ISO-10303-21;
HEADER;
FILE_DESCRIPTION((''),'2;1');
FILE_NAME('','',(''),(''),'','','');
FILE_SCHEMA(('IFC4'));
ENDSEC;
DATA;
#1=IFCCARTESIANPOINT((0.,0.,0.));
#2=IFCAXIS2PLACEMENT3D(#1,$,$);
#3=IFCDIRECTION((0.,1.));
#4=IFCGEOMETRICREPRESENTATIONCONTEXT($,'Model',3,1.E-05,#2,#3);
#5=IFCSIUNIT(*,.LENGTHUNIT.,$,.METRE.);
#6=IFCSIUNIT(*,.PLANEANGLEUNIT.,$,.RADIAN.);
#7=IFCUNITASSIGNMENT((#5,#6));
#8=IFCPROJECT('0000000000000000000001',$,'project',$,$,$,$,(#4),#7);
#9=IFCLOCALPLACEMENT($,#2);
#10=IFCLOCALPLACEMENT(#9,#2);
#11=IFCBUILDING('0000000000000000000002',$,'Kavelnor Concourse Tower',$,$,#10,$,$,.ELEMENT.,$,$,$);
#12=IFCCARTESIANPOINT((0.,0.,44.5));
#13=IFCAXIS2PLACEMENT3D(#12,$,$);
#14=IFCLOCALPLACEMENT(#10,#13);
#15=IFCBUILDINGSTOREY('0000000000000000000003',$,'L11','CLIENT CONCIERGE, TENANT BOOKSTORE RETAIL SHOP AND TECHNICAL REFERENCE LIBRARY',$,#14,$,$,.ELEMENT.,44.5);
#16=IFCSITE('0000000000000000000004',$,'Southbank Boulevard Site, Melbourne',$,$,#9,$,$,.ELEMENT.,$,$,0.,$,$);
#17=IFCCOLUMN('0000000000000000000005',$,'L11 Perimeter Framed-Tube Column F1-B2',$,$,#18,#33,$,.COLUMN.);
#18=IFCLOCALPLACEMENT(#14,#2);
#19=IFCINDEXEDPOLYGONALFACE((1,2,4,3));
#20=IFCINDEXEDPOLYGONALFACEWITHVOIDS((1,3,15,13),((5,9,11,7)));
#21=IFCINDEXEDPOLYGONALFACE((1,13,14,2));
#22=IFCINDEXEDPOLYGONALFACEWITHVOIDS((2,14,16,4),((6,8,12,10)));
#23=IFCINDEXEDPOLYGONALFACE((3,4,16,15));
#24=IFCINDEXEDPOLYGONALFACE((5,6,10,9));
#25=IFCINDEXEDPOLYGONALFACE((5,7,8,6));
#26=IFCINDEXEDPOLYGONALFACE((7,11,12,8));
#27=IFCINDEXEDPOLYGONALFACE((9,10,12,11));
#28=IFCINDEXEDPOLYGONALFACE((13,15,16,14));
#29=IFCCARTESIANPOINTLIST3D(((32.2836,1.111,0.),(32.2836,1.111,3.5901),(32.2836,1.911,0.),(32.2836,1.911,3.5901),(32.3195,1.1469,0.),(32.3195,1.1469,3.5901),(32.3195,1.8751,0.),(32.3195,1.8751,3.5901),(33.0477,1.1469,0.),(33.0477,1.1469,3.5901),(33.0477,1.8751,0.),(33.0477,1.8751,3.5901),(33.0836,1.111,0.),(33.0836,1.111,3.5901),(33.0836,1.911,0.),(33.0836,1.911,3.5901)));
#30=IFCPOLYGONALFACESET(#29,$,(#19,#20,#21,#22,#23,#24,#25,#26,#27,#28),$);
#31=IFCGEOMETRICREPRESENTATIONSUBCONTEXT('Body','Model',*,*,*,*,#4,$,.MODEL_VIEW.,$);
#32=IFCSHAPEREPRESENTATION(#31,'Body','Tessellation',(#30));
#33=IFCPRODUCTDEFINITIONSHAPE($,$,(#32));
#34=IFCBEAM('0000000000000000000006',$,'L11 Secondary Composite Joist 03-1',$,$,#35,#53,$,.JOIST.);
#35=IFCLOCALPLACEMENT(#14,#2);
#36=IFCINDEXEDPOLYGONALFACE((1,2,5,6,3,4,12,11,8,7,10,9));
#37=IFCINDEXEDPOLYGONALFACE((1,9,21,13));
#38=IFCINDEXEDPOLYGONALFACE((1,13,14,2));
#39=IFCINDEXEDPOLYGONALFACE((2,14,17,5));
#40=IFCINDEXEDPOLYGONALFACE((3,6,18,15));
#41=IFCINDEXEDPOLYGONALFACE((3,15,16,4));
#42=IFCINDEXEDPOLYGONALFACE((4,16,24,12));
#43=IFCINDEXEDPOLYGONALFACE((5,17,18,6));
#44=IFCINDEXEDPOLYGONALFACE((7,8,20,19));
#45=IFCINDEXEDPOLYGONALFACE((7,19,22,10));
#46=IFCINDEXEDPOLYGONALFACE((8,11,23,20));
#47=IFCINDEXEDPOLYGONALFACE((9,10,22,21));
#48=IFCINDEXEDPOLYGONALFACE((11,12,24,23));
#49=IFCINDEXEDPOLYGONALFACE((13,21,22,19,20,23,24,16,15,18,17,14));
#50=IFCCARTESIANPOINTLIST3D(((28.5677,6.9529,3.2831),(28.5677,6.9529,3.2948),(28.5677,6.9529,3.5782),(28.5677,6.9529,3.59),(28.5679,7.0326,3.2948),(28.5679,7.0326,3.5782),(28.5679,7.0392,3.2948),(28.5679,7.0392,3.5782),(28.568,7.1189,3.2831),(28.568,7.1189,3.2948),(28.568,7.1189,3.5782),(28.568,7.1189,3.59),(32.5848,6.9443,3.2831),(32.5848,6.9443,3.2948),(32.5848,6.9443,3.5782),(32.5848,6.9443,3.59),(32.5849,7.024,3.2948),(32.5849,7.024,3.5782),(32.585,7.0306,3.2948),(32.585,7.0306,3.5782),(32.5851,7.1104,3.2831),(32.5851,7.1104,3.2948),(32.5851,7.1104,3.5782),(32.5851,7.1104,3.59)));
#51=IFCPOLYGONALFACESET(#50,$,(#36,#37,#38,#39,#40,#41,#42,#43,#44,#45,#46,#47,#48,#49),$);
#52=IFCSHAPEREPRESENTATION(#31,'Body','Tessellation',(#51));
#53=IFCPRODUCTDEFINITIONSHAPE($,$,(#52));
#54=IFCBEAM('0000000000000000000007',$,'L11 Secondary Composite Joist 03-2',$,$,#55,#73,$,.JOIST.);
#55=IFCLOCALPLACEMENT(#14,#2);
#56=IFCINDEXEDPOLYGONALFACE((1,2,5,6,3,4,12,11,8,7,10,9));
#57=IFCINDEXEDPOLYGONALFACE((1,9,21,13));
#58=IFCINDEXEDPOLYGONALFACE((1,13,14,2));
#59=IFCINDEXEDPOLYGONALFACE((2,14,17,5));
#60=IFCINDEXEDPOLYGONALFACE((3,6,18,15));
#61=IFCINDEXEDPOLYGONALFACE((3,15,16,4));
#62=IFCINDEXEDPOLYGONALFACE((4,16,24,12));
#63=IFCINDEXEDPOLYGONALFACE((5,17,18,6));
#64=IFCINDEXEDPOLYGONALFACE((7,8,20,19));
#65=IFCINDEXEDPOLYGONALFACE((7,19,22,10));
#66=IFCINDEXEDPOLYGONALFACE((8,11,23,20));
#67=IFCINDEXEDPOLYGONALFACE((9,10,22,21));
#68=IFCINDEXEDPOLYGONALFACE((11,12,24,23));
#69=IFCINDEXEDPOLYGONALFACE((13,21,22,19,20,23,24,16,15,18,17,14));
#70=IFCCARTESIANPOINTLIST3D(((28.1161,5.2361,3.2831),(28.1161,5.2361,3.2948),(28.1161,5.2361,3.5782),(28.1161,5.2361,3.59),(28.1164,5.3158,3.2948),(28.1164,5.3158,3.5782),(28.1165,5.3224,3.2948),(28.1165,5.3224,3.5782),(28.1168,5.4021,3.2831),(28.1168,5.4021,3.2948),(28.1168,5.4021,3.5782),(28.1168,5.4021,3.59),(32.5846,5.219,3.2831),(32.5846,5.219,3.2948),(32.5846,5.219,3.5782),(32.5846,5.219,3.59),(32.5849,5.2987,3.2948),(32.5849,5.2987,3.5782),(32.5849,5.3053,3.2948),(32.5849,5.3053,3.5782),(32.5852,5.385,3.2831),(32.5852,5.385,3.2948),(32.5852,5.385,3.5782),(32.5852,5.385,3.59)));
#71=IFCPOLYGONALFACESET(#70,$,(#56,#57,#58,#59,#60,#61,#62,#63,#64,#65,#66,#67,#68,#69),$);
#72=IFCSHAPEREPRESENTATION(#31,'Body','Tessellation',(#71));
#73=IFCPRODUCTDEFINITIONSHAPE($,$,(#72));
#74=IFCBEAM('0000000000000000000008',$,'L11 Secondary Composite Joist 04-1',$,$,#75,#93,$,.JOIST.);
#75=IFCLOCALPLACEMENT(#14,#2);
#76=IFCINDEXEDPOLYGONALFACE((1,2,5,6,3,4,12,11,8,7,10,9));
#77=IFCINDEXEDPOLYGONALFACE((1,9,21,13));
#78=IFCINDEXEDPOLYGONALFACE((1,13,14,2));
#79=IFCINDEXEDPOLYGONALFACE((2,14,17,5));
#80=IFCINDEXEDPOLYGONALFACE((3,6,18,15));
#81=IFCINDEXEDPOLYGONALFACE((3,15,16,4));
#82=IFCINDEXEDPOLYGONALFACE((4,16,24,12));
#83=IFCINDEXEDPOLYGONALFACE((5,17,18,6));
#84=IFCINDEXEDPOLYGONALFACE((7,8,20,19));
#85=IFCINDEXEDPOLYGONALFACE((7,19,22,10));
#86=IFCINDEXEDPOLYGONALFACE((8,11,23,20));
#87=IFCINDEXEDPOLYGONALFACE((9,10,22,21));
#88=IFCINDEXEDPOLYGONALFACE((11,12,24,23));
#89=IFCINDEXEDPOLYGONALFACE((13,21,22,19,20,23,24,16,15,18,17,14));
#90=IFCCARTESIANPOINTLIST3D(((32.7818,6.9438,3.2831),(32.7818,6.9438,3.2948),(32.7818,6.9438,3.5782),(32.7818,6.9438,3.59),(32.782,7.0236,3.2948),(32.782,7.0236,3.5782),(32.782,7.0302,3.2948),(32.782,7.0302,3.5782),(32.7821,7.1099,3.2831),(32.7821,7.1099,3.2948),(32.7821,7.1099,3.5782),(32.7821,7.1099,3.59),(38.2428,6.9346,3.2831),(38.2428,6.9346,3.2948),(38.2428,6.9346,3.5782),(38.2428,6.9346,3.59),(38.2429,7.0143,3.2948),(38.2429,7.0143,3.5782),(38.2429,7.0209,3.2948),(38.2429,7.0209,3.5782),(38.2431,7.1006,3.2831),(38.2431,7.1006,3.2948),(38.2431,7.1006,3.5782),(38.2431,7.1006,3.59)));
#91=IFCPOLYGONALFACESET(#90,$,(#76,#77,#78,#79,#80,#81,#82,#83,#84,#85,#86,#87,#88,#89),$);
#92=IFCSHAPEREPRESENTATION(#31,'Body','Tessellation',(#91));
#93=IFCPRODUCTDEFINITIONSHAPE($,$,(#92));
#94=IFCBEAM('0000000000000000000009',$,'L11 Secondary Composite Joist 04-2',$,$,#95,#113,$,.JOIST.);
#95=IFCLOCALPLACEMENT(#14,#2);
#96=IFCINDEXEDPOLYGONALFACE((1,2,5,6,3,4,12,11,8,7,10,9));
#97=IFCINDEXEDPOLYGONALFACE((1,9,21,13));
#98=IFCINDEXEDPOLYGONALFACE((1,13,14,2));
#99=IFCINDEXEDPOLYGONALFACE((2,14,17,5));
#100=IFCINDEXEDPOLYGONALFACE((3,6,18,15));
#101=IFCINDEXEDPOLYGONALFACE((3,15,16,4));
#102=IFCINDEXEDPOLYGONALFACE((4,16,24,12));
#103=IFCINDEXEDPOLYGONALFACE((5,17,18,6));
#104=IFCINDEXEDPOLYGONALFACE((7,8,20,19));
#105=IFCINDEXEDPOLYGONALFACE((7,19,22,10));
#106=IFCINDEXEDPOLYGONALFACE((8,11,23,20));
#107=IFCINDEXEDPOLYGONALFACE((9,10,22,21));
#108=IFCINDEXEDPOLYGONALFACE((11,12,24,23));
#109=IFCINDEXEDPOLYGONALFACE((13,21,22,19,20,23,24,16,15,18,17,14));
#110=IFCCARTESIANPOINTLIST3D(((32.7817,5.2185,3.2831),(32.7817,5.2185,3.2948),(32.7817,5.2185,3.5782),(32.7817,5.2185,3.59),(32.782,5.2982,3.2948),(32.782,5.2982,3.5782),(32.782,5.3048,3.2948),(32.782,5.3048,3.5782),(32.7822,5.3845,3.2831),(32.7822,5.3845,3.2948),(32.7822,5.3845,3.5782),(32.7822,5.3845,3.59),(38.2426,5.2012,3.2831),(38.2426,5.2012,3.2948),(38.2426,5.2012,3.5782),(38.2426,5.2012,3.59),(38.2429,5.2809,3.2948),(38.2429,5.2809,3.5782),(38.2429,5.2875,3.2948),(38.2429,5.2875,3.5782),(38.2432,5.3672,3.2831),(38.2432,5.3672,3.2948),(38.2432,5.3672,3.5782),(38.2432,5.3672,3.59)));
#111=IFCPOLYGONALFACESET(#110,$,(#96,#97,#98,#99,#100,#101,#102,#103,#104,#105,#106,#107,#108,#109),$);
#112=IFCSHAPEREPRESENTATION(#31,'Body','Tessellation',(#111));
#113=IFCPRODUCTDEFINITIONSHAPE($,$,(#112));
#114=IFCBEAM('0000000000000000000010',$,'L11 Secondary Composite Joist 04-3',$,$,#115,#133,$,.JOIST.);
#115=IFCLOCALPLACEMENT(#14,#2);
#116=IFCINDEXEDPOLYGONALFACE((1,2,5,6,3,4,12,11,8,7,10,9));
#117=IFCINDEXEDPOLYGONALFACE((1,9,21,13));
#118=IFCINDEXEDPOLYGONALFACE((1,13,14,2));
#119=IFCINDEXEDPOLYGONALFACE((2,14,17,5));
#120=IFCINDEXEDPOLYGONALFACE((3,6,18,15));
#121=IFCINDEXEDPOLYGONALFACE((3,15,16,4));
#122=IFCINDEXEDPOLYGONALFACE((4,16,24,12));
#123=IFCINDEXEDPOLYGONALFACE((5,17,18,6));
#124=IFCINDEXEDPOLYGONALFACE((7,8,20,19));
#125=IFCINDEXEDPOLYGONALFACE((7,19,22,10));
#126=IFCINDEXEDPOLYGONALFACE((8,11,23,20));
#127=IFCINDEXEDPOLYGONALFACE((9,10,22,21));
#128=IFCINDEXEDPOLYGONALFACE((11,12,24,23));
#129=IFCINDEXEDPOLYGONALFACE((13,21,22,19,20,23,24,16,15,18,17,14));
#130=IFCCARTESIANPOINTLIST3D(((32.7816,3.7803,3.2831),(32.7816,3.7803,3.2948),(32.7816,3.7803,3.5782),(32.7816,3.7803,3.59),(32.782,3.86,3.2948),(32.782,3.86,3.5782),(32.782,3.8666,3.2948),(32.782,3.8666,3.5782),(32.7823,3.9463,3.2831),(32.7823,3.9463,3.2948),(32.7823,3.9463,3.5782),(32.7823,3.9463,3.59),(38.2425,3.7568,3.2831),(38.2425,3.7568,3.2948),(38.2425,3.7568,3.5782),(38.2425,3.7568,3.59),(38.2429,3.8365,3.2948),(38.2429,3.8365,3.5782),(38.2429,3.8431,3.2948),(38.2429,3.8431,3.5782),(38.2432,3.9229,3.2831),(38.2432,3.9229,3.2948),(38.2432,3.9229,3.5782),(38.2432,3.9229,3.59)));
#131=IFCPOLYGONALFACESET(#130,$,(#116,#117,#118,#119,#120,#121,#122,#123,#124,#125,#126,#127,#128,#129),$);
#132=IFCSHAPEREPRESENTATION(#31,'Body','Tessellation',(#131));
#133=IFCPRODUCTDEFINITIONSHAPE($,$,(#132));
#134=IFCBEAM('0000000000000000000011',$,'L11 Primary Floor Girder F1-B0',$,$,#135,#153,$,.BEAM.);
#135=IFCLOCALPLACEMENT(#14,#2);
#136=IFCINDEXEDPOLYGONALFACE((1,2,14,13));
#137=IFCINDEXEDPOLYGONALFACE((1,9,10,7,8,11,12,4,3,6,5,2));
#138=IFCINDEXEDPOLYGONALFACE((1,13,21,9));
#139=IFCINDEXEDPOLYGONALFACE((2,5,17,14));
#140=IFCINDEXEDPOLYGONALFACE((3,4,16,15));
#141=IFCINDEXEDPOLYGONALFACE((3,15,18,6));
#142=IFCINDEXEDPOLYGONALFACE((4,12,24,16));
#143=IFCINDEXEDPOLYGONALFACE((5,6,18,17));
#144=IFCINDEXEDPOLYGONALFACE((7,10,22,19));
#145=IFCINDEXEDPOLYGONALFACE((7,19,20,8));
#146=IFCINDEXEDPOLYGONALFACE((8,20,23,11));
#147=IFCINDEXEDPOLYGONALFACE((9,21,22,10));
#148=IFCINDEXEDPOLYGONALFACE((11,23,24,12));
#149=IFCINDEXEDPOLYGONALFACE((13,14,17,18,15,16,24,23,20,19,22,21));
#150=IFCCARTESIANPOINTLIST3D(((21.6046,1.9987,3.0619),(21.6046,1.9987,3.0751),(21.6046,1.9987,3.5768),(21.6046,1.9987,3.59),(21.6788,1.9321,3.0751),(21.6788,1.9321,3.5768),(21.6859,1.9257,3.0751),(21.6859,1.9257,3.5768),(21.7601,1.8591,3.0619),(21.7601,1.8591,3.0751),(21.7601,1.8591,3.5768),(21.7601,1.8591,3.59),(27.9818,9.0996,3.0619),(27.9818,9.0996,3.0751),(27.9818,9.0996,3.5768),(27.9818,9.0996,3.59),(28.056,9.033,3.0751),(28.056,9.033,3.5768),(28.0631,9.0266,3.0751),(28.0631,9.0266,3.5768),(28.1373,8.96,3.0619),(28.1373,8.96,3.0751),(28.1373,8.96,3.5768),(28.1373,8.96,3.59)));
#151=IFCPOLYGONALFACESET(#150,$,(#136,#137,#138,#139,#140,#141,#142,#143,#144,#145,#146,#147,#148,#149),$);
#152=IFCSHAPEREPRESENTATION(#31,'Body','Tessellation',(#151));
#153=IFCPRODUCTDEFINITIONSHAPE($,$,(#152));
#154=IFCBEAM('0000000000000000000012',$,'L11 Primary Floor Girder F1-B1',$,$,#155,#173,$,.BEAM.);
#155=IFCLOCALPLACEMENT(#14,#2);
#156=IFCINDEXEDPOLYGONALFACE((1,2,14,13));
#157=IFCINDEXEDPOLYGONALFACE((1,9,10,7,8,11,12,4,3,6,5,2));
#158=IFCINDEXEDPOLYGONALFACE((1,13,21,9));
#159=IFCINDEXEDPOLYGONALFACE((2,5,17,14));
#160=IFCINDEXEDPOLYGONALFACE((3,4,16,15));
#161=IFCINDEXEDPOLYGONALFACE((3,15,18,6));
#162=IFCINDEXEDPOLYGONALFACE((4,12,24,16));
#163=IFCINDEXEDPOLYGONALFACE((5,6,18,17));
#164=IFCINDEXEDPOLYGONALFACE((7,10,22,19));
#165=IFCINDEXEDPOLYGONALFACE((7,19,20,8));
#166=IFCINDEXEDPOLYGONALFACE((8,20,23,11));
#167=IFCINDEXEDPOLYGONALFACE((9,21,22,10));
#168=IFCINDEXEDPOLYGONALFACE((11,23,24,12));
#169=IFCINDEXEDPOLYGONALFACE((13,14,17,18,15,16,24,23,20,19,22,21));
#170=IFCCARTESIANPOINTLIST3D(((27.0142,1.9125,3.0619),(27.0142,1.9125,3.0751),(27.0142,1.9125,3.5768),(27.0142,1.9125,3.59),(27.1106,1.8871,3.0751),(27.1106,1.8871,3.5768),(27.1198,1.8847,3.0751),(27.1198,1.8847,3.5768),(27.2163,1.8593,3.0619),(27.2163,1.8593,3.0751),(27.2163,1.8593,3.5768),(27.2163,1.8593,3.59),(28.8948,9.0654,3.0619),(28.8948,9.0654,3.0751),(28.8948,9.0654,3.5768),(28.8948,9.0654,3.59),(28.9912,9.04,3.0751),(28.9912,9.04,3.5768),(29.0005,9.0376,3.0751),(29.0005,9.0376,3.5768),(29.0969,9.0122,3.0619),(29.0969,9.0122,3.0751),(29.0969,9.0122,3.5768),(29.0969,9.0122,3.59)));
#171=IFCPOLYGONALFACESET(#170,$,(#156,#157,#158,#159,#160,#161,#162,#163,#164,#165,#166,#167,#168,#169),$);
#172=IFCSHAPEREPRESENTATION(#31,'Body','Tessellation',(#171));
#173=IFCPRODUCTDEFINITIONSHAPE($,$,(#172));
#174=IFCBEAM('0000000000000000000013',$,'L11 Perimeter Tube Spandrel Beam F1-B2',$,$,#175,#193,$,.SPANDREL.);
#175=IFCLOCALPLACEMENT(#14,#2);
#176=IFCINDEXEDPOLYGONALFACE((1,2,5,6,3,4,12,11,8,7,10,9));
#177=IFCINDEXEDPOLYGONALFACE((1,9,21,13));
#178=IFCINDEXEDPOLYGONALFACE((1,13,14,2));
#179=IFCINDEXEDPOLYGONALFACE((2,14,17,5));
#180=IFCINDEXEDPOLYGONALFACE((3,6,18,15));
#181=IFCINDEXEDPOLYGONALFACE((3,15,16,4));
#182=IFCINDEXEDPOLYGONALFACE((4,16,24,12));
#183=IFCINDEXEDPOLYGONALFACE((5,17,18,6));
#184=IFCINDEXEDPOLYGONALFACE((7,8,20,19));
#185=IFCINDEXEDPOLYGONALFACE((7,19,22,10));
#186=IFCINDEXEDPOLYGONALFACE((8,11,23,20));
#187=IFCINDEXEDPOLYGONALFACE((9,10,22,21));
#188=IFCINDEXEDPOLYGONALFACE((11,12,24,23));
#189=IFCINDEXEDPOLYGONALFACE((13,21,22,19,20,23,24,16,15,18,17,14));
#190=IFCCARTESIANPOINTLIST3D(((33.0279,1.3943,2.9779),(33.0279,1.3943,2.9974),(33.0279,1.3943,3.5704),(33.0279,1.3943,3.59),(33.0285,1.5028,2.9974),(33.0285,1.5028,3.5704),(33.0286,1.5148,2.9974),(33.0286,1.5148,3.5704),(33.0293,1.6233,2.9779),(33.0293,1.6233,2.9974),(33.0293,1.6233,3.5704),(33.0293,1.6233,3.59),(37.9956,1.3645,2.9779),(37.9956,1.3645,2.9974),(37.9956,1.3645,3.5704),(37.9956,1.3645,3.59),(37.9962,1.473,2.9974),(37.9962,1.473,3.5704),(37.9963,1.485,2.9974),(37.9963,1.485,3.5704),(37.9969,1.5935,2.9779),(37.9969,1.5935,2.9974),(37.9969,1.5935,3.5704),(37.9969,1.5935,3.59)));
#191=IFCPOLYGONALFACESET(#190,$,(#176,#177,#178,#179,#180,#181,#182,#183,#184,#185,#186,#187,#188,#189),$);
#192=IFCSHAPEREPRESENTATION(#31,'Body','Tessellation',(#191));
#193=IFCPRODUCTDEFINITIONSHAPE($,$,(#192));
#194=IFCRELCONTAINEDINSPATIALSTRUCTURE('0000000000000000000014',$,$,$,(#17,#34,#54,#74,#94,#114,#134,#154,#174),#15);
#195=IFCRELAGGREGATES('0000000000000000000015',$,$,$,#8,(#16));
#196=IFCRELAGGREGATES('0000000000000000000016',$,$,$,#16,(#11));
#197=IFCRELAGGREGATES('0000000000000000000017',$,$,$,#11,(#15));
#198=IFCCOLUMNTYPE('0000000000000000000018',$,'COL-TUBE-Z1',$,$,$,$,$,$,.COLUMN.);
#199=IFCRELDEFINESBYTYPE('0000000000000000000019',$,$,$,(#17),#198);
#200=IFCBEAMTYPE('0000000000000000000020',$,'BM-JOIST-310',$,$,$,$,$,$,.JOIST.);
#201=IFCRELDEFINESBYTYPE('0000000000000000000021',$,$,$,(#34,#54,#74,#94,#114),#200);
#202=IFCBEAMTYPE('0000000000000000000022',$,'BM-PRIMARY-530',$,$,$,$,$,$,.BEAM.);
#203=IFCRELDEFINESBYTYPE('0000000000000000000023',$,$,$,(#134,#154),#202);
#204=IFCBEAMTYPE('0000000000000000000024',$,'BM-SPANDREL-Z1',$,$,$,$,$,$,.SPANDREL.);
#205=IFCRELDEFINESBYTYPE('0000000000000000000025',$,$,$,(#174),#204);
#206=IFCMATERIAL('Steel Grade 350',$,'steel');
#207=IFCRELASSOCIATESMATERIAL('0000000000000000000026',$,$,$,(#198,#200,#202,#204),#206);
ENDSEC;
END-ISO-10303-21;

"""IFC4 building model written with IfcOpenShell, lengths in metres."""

from ifc_helpers import new_model, si_unit, direction, frame, origin, origin_2d, place, context, subcontext, project, spatial, hollow_rectangle, i_section, extrude, material, material_profile, profile_set, type_object, element, save


model = new_model("IFC4")

# Units and contexts
model_context = context("Model", 3, precision=1e-05, world=origin(), true_north=direction((0.0, 1.0)))
body_context = subcontext(model_context, "Body", "Model", "MODEL_VIEW")
ifc_project = project(units=[si_unit("LENGTHUNIT", "METRE"), si_unit("PLANEANGLEUNIT", "RADIAN")], contexts=[model_context])

# Site, building, storey
site_placement = place(None, origin())
site = spatial("IfcSite", under=ifc_project, at=site_placement, Name="Southbank Boulevard Site, Melbourne", CompositionType="ELEMENT", RefElevation=0.0)
building_placement = place(site_placement, origin())
building = spatial("IfcBuilding", under=site, at=building_placement, Name="Kavelnor Concourse Tower", CompositionType="ELEMENT")
storey_placement = place(building_placement, frame((0.0, 0.0, 44.5)))
storey = spatial("IfcBuildingStorey", under=building, at=storey_placement, Name="L11", Description="CLIENT CONCIERGE, TENANT BOOKSTORE RETAIL SHOP AND TECHNICAL REFERENCE LIBRARY", CompositionType="ELEMENT", Elevation=44.5)

# Column
ifc_material_1 = material(Name="Steel Grade 350", Category="steel")
ifc_material_profile_1 = material_profile(ifc_material_1, hollow_rectangle(XDim=0.8, YDim=0.8, WallThickness=0.0359, at=origin_2d()), Name="SHS 800x800x36")
ifc_profile_set_1 = profile_set([ifc_material_profile_1], Name="Steel Grade 350")
column_type = type_object("IfcColumnType", Name="COL-TUBE-Z1", PredefinedType="COLUMN", material=ifc_profile_set_1)
column_placement = place(storey_placement, frame((32.6836, 1.511, 0.0), z_axis=(0.0, 0.0, 1.0), x_axis=(1.0, 0.0, 0.0)))
element("IfcColumn", 1, at=column_placement, inside=storey, type_object=column_type, Name="L11 Perimeter Framed-Tube Column F1-B2", PredefinedType="COLUMN", context=body_context, shape_type="SweptSolid", body=[
    extrude(hollow_rectangle(XDim=0.8, YDim=0.8, WallThickness=0.0359, at=origin_2d()), origin(), (0.0, 0.0, 1.0), 3.5901),
])

# Beams
ifc_material_profile_2 = material_profile(ifc_material_1, i_section(OverallWidth=0.166, OverallDepth=0.3069, WebThickness=0.0066, FlangeThickness=0.0117, at=origin_2d()), Name="310UB46")
ifc_profile_set_2 = profile_set([ifc_material_profile_2], Name="Steel Grade 350")
beam_type_1 = type_object("IfcBeamType", Name="BM-JOIST-310", PredefinedType="JOIST", material=ifc_profile_set_2)
beam_1_placement = place(storey_placement, frame((28.5679, 7.0359, 3.4365), z_axis=(0.999998, -0.002127, 0.0), x_axis=(0.002127, 0.999998, 0.0)))
element("IfcBeam", 2, at=beam_1_placement, inside=storey, type_object=beam_type_1, Name="L11 Secondary Composite Joist 03-1", PredefinedType="JOIST", context=body_context, shape_type="SweptSolid", body=[
    extrude(i_section(OverallWidth=0.166, OverallDepth=0.3069, WebThickness=0.0066, FlangeThickness=0.0117, at=origin_2d()), origin(), (0.0, 0.0, 1.0), 4.0171),
])
beam_2_placement = place(storey_placement, frame((28.1165, 5.3191, 3.4365), z_axis=(0.999993, -0.003824, 0.0), x_axis=(0.003824, 0.999993, 0.0)))
element("IfcBeam", 3, at=beam_2_placement, inside=storey, type_object=beam_type_1, Name="L11 Secondary Composite Joist 03-2", PredefinedType="JOIST", context=body_context, shape_type="SweptSolid", body=[
    extrude(i_section(OverallWidth=0.166, OverallDepth=0.3069, WebThickness=0.0066, FlangeThickness=0.0117, at=origin_2d()), origin(), (0.0, 0.0, 1.0), 4.4685),
])
for number, where, z_axis, x_axis, name in (
    (4, (32.782, 7.0269, 3.4365), (0.999999, -0.001699, 0.0), (0.001699, 0.999999, 0.0), "L11 Secondary Composite Joist 04-1"),
    (5, (32.782, 5.3015, 3.4365), (0.999995, -0.003174, 0.0), (0.003174, 0.999995, 0.0), "L11 Secondary Composite Joist 04-2"),
    (6, (32.782, 3.8633, 3.4365), (0.999991, -0.004292, 0.0), (0.004292, 0.999991, 0.0), "L11 Secondary Composite Joist 04-3"),
):
    element("IfcBeam", number, at=place(storey_placement, frame(where, z_axis=z_axis, x_axis=x_axis)), inside=storey, type_object=beam_type_1, Name=name, PredefinedType="JOIST", context=body_context, shape_type="SweptSolid", body=[
        extrude(i_section(OverallWidth=0.166, OverallDepth=0.3069, WebThickness=0.0066, FlangeThickness=0.0117, at=origin_2d()), origin(), (0.0, 0.0, 1.0), 5.4609),
    ])
ifc_material_profile_3 = material_profile(ifc_material_1, i_section(OverallWidth=0.209, OverallDepth=0.5281, WebThickness=0.0095, FlangeThickness=0.0132, at=origin_2d()), Name="530UB82")
ifc_profile_set_3 = profile_set([ifc_material_profile_3], Name="Steel Grade 350")
beam_type_2 = type_object("IfcBeamType", Name="BM-PRIMARY-530", PredefinedType="BEAM", material=ifc_profile_set_3)
beam_3_placement = place(storey_placement, frame((28.0596, 9.0298, 3.3259), z_axis=(-0.66818, -0.744, 0.0), x_axis=(0.744, -0.66818, 0.0)))
element("IfcBeam", 7, at=beam_3_placement, inside=storey, type_object=beam_type_2, Name="L11 Primary Floor Girder F1-B0", PredefinedType="BEAM", context=body_context, shape_type="SweptSolid", body=[
    extrude(i_section(OverallWidth=0.209, OverallDepth=0.5281, WebThickness=0.0095, FlangeThickness=0.0132, at=origin_2d()), origin(), (0.0, 0.0, 1.0), 9.5442),
])
beam_4_placement = place(storey_placement, frame((28.9958, 9.0388, 3.3259), z_axis=(-0.254277, -0.967131, 0.0), x_axis=(0.967131, -0.254277, 0.0)))
element("IfcBeam", 8, at=beam_4_placement, inside=storey, type_object=beam_type_2, Name="L11 Primary Floor Girder F1-B1", PredefinedType="BEAM", context=body_context, shape_type="SweptSolid", body=[
    extrude(i_section(OverallWidth=0.209, OverallDepth=0.5281, WebThickness=0.0095, FlangeThickness=0.0132, at=origin_2d()), origin(), (0.0, 0.0, 1.0), 7.396),
])
ifc_material_profile_4 = material_profile(ifc_material_1, i_section(OverallWidth=0.229, OverallDepth=0.6121, WebThickness=0.012, FlangeThickness=0.0195, at=origin_2d()), Name="610UB125")
ifc_profile_set_4 = profile_set([ifc_material_profile_4], Name="Steel Grade 350")
beam_type_3 = type_object("IfcBeamType", Name="BM-SPANDREL-Z1", PredefinedType="SPANDREL", material=ifc_profile_set_4)
beam_5_placement = place(storey_placement, frame((33.0286, 1.5088, 3.2839), z_axis=(0.999982, -0.005996, 0.0), x_axis=(0.005996, 0.999982, 0.0)))
element("IfcBeam", 9, at=beam_5_placement, inside=storey, type_object=beam_type_3, Name="L11 Perimeter Tube Spandrel Beam F1-B2", PredefinedType="SPANDREL", context=body_context, shape_type="SweptSolid", body=[
    extrude(i_section(OverallWidth=0.229, OverallDepth=0.6121, WebThickness=0.012, FlangeThickness=0.0195, at=origin_2d()), origin(), (0.0, 0.0, 1.0), 4.9678),
])

save(model, "model.ifc")
